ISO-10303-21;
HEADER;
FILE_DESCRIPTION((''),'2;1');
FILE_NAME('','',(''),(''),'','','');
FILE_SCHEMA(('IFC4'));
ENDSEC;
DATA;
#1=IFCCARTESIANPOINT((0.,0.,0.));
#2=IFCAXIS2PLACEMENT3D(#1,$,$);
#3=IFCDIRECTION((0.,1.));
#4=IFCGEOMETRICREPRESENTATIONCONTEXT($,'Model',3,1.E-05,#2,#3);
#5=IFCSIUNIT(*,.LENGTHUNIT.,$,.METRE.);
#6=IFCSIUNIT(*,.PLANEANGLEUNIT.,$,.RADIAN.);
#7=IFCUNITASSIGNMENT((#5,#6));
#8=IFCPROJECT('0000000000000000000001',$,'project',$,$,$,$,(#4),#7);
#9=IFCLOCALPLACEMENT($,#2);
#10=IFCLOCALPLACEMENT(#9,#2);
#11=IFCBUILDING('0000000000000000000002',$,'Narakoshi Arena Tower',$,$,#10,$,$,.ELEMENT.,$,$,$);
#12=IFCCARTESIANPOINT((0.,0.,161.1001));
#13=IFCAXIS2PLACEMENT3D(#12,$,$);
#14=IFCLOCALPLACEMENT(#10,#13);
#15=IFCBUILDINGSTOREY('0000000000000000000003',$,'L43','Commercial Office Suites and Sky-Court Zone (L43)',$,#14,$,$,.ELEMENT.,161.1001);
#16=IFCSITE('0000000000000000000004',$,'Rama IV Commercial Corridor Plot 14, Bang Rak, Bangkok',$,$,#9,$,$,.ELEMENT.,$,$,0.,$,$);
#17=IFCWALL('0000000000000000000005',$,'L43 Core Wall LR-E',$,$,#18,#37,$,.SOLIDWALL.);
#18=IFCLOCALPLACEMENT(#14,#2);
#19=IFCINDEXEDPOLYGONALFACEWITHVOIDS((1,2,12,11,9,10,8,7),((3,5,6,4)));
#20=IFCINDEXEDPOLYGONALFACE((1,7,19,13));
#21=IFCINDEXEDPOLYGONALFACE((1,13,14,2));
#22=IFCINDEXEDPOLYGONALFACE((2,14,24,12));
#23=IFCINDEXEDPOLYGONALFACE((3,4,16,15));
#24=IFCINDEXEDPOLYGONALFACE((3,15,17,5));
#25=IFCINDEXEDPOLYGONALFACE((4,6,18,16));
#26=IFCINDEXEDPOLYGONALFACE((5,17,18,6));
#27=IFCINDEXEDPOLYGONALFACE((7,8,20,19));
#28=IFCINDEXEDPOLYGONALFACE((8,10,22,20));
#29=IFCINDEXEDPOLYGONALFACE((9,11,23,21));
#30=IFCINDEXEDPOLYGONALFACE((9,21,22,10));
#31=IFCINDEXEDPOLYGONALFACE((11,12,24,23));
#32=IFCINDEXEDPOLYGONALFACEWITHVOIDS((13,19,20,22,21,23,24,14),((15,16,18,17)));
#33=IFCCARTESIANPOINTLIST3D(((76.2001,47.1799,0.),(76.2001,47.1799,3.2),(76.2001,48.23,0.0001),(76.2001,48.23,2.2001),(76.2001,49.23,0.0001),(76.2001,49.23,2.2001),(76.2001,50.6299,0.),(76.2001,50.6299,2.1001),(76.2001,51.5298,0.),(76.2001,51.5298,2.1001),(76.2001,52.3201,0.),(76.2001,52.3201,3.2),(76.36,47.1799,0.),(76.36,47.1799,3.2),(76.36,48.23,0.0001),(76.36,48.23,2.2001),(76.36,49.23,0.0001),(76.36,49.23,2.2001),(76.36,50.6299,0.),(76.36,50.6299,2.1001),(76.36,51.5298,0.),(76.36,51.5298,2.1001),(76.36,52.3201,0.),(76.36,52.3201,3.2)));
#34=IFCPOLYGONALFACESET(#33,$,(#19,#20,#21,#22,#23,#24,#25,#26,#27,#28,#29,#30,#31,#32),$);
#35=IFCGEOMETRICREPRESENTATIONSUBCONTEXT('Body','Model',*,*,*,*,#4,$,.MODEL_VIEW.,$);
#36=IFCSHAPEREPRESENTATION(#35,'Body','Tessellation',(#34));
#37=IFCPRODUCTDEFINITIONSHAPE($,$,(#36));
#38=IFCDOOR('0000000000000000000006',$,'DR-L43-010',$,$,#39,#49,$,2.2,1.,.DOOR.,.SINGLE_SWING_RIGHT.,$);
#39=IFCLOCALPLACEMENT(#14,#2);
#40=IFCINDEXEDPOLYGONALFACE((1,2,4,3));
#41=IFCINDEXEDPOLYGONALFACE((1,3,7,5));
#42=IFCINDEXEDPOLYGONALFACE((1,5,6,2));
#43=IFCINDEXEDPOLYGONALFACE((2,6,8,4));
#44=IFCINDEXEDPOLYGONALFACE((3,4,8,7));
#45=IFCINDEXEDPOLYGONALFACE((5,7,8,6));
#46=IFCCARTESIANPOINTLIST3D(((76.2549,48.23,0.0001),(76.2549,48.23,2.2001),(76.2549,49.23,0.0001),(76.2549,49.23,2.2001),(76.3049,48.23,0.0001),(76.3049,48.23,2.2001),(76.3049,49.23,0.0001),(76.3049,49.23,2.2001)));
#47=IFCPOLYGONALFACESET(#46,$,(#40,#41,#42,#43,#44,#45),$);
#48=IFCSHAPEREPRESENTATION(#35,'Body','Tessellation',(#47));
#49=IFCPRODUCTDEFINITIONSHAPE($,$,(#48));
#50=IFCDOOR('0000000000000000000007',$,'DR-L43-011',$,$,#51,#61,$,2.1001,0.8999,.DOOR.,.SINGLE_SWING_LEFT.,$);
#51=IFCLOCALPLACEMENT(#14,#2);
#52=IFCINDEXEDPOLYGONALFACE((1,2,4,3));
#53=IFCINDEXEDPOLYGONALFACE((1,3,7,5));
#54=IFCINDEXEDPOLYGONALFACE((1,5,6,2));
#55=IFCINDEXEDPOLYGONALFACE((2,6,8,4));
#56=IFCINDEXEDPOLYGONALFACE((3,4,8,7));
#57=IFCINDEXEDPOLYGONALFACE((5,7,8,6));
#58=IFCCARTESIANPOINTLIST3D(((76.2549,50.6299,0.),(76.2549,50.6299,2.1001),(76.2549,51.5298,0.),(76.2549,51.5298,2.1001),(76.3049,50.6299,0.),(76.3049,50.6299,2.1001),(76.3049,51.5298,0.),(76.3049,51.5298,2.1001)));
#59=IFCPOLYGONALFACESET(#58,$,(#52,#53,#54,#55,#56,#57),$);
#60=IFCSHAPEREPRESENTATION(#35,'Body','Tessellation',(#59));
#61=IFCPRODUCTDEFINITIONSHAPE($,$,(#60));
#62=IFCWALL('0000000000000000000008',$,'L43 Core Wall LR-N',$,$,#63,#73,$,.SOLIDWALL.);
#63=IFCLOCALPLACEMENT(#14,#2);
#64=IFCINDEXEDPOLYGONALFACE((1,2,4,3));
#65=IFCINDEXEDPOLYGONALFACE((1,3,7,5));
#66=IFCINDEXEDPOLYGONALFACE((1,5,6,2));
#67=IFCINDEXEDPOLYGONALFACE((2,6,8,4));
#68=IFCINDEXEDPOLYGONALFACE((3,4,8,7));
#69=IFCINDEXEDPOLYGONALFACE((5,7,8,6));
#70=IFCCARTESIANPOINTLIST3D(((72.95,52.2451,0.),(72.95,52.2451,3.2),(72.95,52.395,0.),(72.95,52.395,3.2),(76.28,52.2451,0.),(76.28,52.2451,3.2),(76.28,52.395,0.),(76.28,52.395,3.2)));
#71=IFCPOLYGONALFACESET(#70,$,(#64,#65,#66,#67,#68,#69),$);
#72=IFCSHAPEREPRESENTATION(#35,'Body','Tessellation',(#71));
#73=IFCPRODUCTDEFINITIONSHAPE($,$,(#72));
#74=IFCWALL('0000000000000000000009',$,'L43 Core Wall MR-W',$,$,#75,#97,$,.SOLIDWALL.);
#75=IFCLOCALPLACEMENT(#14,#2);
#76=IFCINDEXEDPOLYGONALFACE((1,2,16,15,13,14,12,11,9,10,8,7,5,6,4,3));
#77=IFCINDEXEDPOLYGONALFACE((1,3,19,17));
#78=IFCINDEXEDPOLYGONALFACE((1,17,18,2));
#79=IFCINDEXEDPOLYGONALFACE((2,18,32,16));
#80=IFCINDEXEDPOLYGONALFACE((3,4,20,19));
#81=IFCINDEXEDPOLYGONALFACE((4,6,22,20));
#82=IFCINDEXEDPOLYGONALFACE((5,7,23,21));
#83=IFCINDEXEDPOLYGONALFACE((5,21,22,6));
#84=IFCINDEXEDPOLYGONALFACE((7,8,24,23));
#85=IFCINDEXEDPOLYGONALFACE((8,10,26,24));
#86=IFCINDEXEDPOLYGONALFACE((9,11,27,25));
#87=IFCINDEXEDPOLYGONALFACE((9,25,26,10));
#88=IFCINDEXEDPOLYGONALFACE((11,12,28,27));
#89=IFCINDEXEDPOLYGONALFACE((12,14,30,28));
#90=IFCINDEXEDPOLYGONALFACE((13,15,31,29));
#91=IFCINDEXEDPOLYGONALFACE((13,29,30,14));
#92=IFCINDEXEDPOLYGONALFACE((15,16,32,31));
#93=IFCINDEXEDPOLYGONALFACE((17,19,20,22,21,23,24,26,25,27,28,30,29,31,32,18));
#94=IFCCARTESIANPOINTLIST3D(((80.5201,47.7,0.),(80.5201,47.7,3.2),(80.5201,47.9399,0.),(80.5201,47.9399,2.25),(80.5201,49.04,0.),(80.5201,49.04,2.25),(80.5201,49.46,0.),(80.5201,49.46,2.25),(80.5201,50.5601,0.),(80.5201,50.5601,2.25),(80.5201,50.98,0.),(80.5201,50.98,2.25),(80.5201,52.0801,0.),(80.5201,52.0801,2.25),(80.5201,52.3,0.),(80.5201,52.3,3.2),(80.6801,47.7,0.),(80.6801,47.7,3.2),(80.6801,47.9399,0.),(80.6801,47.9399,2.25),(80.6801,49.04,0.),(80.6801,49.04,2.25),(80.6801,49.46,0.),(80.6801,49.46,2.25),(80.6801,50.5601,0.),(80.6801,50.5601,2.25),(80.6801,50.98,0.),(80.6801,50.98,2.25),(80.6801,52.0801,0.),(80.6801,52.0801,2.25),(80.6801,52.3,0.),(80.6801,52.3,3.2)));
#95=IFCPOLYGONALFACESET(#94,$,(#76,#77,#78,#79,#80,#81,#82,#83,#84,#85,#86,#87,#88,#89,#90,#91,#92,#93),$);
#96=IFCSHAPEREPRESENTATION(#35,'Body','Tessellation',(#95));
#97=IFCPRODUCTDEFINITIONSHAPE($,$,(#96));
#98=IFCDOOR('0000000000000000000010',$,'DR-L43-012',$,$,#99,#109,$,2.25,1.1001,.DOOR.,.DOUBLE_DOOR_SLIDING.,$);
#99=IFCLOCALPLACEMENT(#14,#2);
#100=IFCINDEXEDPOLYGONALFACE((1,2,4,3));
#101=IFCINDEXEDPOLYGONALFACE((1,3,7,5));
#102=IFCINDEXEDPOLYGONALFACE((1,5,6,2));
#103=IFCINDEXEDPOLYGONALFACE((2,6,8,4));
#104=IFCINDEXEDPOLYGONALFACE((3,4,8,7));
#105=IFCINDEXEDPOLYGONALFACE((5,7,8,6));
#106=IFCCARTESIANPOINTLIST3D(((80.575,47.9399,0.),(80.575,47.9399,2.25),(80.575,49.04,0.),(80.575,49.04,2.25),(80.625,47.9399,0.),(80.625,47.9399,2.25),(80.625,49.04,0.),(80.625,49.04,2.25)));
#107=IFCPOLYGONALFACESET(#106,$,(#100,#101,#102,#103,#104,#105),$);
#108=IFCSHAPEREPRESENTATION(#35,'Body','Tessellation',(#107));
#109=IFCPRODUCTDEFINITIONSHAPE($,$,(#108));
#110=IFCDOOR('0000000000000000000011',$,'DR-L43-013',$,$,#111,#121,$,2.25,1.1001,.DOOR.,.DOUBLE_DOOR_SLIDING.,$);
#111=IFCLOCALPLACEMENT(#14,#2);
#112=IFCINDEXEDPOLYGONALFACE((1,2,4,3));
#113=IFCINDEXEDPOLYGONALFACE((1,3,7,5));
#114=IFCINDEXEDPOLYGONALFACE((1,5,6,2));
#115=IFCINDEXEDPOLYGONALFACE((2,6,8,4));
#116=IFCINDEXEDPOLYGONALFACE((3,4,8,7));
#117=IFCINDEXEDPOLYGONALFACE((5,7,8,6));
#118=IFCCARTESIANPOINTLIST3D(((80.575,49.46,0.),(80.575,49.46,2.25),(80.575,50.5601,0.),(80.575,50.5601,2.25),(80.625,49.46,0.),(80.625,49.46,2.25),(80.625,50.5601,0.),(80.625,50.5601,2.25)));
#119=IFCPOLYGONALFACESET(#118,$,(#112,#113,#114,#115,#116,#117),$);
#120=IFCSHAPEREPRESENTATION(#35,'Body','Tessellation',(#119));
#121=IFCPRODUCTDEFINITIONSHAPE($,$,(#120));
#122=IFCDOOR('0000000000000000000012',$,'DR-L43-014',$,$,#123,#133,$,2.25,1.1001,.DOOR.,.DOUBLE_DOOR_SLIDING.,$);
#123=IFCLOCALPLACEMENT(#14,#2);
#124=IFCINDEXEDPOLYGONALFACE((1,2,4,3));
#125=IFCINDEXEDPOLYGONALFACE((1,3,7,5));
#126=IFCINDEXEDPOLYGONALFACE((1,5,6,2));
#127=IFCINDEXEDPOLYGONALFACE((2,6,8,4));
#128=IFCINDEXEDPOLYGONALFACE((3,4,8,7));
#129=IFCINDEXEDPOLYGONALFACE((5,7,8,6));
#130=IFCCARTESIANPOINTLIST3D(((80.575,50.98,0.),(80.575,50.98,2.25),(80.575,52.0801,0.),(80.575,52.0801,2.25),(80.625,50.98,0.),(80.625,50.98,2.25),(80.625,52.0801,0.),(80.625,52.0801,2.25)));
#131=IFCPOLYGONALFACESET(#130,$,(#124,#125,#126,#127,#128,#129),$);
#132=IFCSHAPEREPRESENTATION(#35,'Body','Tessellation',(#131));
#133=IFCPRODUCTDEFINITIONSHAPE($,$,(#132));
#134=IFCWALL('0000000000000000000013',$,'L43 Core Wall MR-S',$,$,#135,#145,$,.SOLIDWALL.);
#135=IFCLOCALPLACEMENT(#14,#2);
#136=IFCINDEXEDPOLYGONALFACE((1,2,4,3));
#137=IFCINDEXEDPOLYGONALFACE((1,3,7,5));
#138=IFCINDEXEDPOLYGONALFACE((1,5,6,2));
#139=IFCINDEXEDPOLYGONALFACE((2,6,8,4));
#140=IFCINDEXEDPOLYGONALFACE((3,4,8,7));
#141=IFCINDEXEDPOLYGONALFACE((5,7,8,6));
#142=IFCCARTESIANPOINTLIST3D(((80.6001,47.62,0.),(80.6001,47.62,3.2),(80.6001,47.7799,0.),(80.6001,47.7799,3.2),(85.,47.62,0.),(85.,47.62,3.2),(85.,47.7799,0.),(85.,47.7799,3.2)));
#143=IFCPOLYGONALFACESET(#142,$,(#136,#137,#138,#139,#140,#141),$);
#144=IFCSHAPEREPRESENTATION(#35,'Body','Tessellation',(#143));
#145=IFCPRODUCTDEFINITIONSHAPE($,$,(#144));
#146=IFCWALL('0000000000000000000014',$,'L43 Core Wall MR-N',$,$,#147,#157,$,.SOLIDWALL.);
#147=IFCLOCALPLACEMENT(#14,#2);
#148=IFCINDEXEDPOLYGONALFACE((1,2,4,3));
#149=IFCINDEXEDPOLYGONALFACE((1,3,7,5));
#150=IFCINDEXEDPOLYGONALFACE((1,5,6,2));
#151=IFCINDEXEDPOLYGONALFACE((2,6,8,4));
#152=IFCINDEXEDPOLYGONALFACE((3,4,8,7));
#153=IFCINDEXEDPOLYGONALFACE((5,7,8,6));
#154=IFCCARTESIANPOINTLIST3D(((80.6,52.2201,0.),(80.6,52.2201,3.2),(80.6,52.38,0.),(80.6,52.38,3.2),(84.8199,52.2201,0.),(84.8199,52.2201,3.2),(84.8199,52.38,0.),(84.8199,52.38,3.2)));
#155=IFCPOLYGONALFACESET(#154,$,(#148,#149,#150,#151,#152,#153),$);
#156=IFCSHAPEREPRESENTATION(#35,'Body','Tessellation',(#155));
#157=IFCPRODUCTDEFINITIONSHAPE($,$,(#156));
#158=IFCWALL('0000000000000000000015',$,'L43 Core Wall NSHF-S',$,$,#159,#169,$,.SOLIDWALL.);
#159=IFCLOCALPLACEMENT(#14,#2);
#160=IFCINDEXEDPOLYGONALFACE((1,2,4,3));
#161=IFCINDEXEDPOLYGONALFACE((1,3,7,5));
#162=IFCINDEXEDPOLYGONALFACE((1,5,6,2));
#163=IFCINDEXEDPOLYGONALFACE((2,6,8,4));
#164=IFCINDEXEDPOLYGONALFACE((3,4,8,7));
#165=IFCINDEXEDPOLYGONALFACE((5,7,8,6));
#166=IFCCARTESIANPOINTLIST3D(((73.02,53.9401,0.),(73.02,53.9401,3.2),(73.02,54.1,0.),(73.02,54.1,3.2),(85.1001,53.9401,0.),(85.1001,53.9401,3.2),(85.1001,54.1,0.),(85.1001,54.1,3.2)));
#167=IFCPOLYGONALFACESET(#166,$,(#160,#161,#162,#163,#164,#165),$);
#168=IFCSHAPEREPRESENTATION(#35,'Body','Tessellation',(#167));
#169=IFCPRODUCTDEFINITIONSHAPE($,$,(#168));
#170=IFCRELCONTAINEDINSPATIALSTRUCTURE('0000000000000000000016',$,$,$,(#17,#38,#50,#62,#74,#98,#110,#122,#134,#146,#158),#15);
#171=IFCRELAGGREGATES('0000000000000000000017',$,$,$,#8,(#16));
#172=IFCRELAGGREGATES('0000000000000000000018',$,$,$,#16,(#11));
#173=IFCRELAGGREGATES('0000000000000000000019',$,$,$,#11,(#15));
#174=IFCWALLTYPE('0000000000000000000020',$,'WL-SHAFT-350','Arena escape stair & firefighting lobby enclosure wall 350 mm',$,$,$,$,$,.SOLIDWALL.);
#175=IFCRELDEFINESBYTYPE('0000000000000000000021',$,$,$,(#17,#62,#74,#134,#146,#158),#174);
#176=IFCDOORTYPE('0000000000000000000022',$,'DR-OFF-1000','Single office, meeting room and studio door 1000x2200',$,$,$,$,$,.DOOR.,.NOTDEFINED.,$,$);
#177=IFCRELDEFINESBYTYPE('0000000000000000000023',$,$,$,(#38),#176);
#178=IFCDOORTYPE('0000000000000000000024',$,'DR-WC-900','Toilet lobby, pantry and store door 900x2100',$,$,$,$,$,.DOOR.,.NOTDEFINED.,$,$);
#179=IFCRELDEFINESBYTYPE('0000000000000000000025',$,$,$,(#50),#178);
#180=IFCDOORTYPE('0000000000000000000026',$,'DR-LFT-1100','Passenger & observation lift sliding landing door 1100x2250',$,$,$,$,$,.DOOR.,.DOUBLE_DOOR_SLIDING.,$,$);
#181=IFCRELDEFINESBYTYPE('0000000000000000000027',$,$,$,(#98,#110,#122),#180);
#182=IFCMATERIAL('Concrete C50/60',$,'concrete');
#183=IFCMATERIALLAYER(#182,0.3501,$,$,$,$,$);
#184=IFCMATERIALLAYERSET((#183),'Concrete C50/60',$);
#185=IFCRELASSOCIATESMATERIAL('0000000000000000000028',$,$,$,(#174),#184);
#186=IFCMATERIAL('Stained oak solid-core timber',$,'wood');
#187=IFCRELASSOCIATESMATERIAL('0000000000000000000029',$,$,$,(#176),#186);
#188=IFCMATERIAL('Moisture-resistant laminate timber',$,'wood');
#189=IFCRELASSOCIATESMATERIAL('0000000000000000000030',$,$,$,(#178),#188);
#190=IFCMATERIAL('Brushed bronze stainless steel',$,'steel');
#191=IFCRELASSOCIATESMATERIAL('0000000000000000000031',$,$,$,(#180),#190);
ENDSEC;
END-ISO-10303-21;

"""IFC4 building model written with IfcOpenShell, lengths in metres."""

from ifc_helpers import new_model, si_unit, direction, frame, frame_2d, origin, place, context, subcontext, project, spatial, rectangle, extrude, material, layer, layer_set, type_object, element, fill, save


model = new_model("IFC4")

# Units and contexts
model_context = context("Model", 3, precision=1e-05, world=origin(), true_north=direction((0.0, 1.0)))
body_context = subcontext(model_context, "Body", "Model", "MODEL_VIEW")
ifc_project = project(units=[si_unit("LENGTHUNIT", "METRE"), si_unit("PLANEANGLEUNIT", "RADIAN")], contexts=[model_context])

# Site, building, storey
site_placement = place(None, origin())
site = spatial("IfcSite", under=ifc_project, at=site_placement, Name="Rama IV Commercial Corridor Plot 14, Bang Rak, Bangkok", CompositionType="ELEMENT", RefElevation=0.0)
building_placement = place(site_placement, origin())
building = spatial("IfcBuilding", under=site, at=building_placement, Name="Narakoshi Arena Tower", CompositionType="ELEMENT")
storey_placement = place(building_placement, frame((0.0, 0.0, 161.1001)))
storey = spatial("IfcBuildingStorey", under=building, at=storey_placement, Name="L43", Description="Commercial Office Suites and Sky-Court Zone (L43)", CompositionType="ELEMENT", Elevation=161.1001)

# Shared definitions
ifc_material_1 = material(Name="Concrete C50/60", Category="concrete")
ifc_layer_1 = layer(ifc_material_1, 0.3501)
ifc_layer_set_1 = layer_set([ifc_layer_1], Name="Concrete C50/60")
wall_type_1 = type_object("IfcWallType", Name="WL-SHAFT-350", Description="Arena escape stair & firefighting lobby enclosure wall 350 mm", PredefinedType="SOLIDWALL", material=ifc_layer_set_1)

# Wall, openings, doors
wall_1_placement = place(storey_placement, frame((76.28, 47.1799, 0.0), z_axis=(0.0, 0.0, 1.0), x_axis=(0.0, 1.0, 0.0)))
wall_1 = element("IfcWall", 1, at=wall_1_placement, inside=storey, type_object=wall_type_1, Name="L43 Core Wall LR-E", PredefinedType="SOLIDWALL", context=body_context, shape_type="SweptSolid", body=[
    extrude(rectangle(XDim=5.1401, YDim=0.1599, at=frame_2d((2.5701, 0.0))), origin(), (0.0, 0.0, 1.0), 3.2),
])
opening_1_placement = place(wall_1_placement, frame((1.05, 0.0, 0.0)))
opening_1 = element("IfcOpeningElement", 2, at=opening_1_placement, cuts=wall_1, PredefinedType="OPENING", context=body_context, shape_type="SweptSolid", body=[
    extrude(rectangle(XDim=1.0, YDim=2.2, at=frame_2d((0.5, 1.1001))), frame((0.0, 0.0898, 0.0), z_axis=(0.0, -1.0, 0.0), x_axis=(1.0, 0.0, 0.0)), (0.0, 0.0, 1.0), 0.1799),
])
opening_2_placement = place(wall_1_placement, frame((3.45, 0.0, 0.0)))
opening_2 = element("IfcOpeningElement", 3, at=opening_2_placement, cuts=wall_1, PredefinedType="OPENING", context=body_context, shape_type="SweptSolid", body=[
    extrude(rectangle(XDim=0.8999, YDim=2.1001, at=frame_2d((0.45, 1.05))), frame((0.0, 0.0898, 0.0), z_axis=(0.0, -1.0, 0.0), x_axis=(1.0, 0.0, 0.0)), (0.0, 0.0, 1.0), 0.1799),
])
ifc_material_2 = material(Name="Stained oak solid-core timber", Category="wood")
door_type_1 = type_object("IfcDoorType", Name="DR-OFF-1000", Description="Single office, meeting room and studio door 1000x2200", OperationType="NOTDEFINED", PredefinedType="DOOR", material=ifc_material_2)
door_1_placement = place(opening_1_placement, frame((1.0, 0.0, 0.0), z_axis=(0.0, 0.0, 1.0), x_axis=(-1.0, 0.0, 0.0)))
door_1 = element("IfcDoor", 4, at=door_1_placement, inside=storey, type_object=door_type_1, Name="DR-L43-010", OperationType="SINGLE_SWING_RIGHT", OverallHeight=2.2, OverallWidth=1.0, PredefinedType="DOOR", context=body_context, shape_type="SweptSolid", body=[
    extrude(rectangle(XDim=1.0, YDim=2.2, at=frame_2d((0.5, 1.1001))), frame((0.0, 0.0249, 0.0), z_axis=(0.0, -1.0, 0.0), x_axis=(1.0, 0.0, 0.0)), (0.0, 0.0, 1.0), 0.05),
])
fill(opening_1, door_1)
ifc_material_3 = material(Name="Moisture-resistant laminate timber", Category="wood")
door_type_2 = type_object("IfcDoorType", Name="DR-WC-900", Description="Toilet lobby, pantry and store door 900x2100", OperationType="NOTDEFINED", PredefinedType="DOOR", material=ifc_material_3)
door_2_placement = place(opening_2_placement, frame((0.8999, 0.0, 0.0), z_axis=(0.0, 0.0, 1.0), x_axis=(-1.0, 0.0, 0.0)))
door_2 = element("IfcDoor", 5, at=door_2_placement, inside=storey, type_object=door_type_2, Name="DR-L43-011", OperationType="SINGLE_SWING_LEFT", OverallHeight=2.1001, OverallWidth=0.8999, PredefinedType="DOOR", context=body_context, shape_type="SweptSolid", body=[
    extrude(rectangle(XDim=0.8999, YDim=2.1001, at=frame_2d((0.45, 1.05))), frame((0.0, 0.0249, 0.0), z_axis=(0.0, -1.0, 0.0), x_axis=(1.0, 0.0, 0.0)), (0.0, 0.0, 1.0), 0.05),
])
fill(opening_2, door_2)

# Wall
wall_2_placement = place(storey_placement, frame((72.95, 52.3201, 0.0), z_axis=(0.0, 0.0, 1.0), x_axis=(1.0, 0.0, 0.0)))
element("IfcWall", 6, at=wall_2_placement, inside=storey, type_object=wall_type_1, Name="L43 Core Wall LR-N", PredefinedType="SOLIDWALL", context=body_context, shape_type="SweptSolid", body=[
    extrude(rectangle(XDim=3.3301, YDim=0.1499, at=frame_2d((1.665, 0.0))), origin(), (0.0, 0.0, 1.0), 3.2),
])

# Wall, openings, doors
wall_3_placement = place(storey_placement, frame((80.6001, 47.7, 0.0), z_axis=(0.0, 0.0, 1.0), x_axis=(0.0, 1.0, 0.0)))
wall_3 = element("IfcWall", 7, at=wall_3_placement, inside=storey, type_object=wall_type_1, Name="L43 Core Wall MR-W", PredefinedType="SOLIDWALL", context=body_context, shape_type="SweptSolid", body=[
    extrude(rectangle(XDim=4.6001, YDim=0.1599, at=frame_2d((2.3, 0.0))), origin(), (0.0, 0.0, 1.0), 3.2),
])
opening_3_placement = place(wall_3_placement, frame((0.24, 0.0, 0.0)))
opening_3 = element("IfcOpeningElement", 8, at=opening_3_placement, cuts=wall_3, PredefinedType="OPENING", context=body_context, shape_type="SweptSolid", body=[
    extrude(rectangle(XDim=1.1001, YDim=2.25, at=frame_2d((0.55, 1.125))), frame((0.0, 0.0898, 0.0), z_axis=(0.0, -1.0, 0.0), x_axis=(1.0, 0.0, 0.0)), (0.0, 0.0, 1.0), 0.1799),
])
opening_4_placement = place(wall_3_placement, frame((1.76, 0.0, 0.0)))
opening_4 = element("IfcOpeningElement", 9, at=opening_4_placement, cuts=wall_3, PredefinedType="OPENING", context=body_context, shape_type="SweptSolid", body=[
    extrude(rectangle(XDim=1.1001, YDim=2.25, at=frame_2d((0.55, 1.125))), frame((0.0, 0.0898, 0.0), z_axis=(0.0, -1.0, 0.0), x_axis=(1.0, 0.0, 0.0)), (0.0, 0.0, 1.0), 0.1799),
])
opening_5_placement = place(wall_3_placement, frame((3.28, 0.0, 0.0)))
opening_5 = element("IfcOpeningElement", 10, at=opening_5_placement, cuts=wall_3, PredefinedType="OPENING", context=body_context, shape_type="SweptSolid", body=[
    extrude(rectangle(XDim=1.1001, YDim=2.25, at=frame_2d((0.55, 1.125))), frame((0.0, 0.0898, 0.0), z_axis=(0.0, -1.0, 0.0), x_axis=(1.0, 0.0, 0.0)), (0.0, 0.0, 1.0), 0.1799),
])
ifc_material_4 = material(Name="Brushed bronze stainless steel", Category="steel")
door_type_3 = type_object("IfcDoorType", Name="DR-LFT-1100", Description="Passenger & observation lift sliding landing door 1100x2250", OperationType="DOUBLE_DOOR_SLIDING", PredefinedType="DOOR", material=ifc_material_4)
door_3_placement = place(opening_3_placement, frame((1.1001, 0.0, 0.0), z_axis=(0.0, 0.0, 1.0), x_axis=(-1.0, 0.0, 0.0)))
door_3 = element("IfcDoor", 11, at=door_3_placement, inside=storey, type_object=door_type_3, Name="DR-L43-012", OperationType="DOUBLE_DOOR_SLIDING", OverallHeight=2.25, OverallWidth=1.1001, PredefinedType="DOOR", context=body_context, shape_type="SweptSolid", body=[
    extrude(rectangle(XDim=1.1001, YDim=2.25, at=frame_2d((0.55, 1.125))), frame((0.0, 0.0249, 0.0), z_axis=(0.0, -1.0, 0.0), x_axis=(1.0, 0.0, 0.0)), (0.0, 0.0, 1.0), 0.05),
])
fill(opening_3, door_3)
door_4_placement = place(opening_4_placement, frame((1.1001, 0.0, 0.0), z_axis=(0.0, 0.0, 1.0), x_axis=(-1.0, 0.0, 0.0)))
door_4 = element("IfcDoor", 12, at=door_4_placement, inside=storey, type_object=door_type_3, Name="DR-L43-013", OperationType="DOUBLE_DOOR_SLIDING", OverallHeight=2.25, OverallWidth=1.1001, PredefinedType="DOOR", context=body_context, shape_type="SweptSolid", body=[
    extrude(rectangle(XDim=1.1001, YDim=2.25, at=frame_2d((0.55, 1.125))), frame((0.0, 0.0249, 0.0), z_axis=(0.0, -1.0, 0.0), x_axis=(1.0, 0.0, 0.0)), (0.0, 0.0, 1.0), 0.05),
])
fill(opening_4, door_4)
door_5_placement = place(opening_5_placement, frame((1.1001, 0.0, 0.0), z_axis=(0.0, 0.0, 1.0), x_axis=(-1.0, 0.0, 0.0)))
door_5 = element("IfcDoor", 13, at=door_5_placement, inside=storey, type_object=door_type_3, Name="DR-L43-014", OperationType="DOUBLE_DOOR_SLIDING", OverallHeight=2.25, OverallWidth=1.1001, PredefinedType="DOOR", context=body_context, shape_type="SweptSolid", body=[
    extrude(rectangle(XDim=1.1001, YDim=2.25, at=frame_2d((0.55, 1.125))), frame((0.0, 0.0249, 0.0), z_axis=(0.0, -1.0, 0.0), x_axis=(1.0, 0.0, 0.0)), (0.0, 0.0, 1.0), 0.05),
])
fill(opening_5, door_5)

# Walls
wall_4_placement = place(storey_placement, frame((80.6001, 47.7, 0.0), z_axis=(0.0, 0.0, 1.0), x_axis=(1.0, 0.0, 0.0)))
element("IfcWall", 14, at=wall_4_placement, inside=storey, type_object=wall_type_1, Name="L43 Core Wall MR-S", PredefinedType="SOLIDWALL", context=body_context, shape_type="SweptSolid", body=[
    extrude(rectangle(XDim=4.3999, YDim=0.1599, at=frame_2d((2.2, 0.0))), origin(), (0.0, 0.0, 1.0), 3.2),
])
wall_5_placement = place(storey_placement, frame((80.6001, 52.3, 0.0), z_axis=(0.0, 0.0, 1.0), x_axis=(1.0, 0.0, 0.0)))
element("IfcWall", 15, at=wall_5_placement, inside=storey, type_object=wall_type_1, Name="L43 Core Wall MR-N", PredefinedType="SOLIDWALL", context=body_context, shape_type="SweptSolid", body=[
    extrude(rectangle(XDim=4.22, YDim=0.1599, at=frame_2d((2.1099, 0.0))), origin(), (0.0, 0.0, 1.0), 3.2),
])
wall_6_placement = place(storey_placement, frame((73.02, 54.02, 0.0), z_axis=(0.0, 0.0, 1.0), x_axis=(1.0, 0.0, 0.0)))
element("IfcWall", 16, at=wall_6_placement, inside=storey, type_object=wall_type_1, Name="L43 Core Wall NSHF-S", PredefinedType="SOLIDWALL", context=body_context, shape_type="SweptSolid", body=[
    extrude(rectangle(XDim=12.0801, YDim=0.1599, at=frame_2d((6.04, 0.0))), origin(), (0.0, 0.0, 1.0), 3.2),
])

save(model, "model.ifc")
